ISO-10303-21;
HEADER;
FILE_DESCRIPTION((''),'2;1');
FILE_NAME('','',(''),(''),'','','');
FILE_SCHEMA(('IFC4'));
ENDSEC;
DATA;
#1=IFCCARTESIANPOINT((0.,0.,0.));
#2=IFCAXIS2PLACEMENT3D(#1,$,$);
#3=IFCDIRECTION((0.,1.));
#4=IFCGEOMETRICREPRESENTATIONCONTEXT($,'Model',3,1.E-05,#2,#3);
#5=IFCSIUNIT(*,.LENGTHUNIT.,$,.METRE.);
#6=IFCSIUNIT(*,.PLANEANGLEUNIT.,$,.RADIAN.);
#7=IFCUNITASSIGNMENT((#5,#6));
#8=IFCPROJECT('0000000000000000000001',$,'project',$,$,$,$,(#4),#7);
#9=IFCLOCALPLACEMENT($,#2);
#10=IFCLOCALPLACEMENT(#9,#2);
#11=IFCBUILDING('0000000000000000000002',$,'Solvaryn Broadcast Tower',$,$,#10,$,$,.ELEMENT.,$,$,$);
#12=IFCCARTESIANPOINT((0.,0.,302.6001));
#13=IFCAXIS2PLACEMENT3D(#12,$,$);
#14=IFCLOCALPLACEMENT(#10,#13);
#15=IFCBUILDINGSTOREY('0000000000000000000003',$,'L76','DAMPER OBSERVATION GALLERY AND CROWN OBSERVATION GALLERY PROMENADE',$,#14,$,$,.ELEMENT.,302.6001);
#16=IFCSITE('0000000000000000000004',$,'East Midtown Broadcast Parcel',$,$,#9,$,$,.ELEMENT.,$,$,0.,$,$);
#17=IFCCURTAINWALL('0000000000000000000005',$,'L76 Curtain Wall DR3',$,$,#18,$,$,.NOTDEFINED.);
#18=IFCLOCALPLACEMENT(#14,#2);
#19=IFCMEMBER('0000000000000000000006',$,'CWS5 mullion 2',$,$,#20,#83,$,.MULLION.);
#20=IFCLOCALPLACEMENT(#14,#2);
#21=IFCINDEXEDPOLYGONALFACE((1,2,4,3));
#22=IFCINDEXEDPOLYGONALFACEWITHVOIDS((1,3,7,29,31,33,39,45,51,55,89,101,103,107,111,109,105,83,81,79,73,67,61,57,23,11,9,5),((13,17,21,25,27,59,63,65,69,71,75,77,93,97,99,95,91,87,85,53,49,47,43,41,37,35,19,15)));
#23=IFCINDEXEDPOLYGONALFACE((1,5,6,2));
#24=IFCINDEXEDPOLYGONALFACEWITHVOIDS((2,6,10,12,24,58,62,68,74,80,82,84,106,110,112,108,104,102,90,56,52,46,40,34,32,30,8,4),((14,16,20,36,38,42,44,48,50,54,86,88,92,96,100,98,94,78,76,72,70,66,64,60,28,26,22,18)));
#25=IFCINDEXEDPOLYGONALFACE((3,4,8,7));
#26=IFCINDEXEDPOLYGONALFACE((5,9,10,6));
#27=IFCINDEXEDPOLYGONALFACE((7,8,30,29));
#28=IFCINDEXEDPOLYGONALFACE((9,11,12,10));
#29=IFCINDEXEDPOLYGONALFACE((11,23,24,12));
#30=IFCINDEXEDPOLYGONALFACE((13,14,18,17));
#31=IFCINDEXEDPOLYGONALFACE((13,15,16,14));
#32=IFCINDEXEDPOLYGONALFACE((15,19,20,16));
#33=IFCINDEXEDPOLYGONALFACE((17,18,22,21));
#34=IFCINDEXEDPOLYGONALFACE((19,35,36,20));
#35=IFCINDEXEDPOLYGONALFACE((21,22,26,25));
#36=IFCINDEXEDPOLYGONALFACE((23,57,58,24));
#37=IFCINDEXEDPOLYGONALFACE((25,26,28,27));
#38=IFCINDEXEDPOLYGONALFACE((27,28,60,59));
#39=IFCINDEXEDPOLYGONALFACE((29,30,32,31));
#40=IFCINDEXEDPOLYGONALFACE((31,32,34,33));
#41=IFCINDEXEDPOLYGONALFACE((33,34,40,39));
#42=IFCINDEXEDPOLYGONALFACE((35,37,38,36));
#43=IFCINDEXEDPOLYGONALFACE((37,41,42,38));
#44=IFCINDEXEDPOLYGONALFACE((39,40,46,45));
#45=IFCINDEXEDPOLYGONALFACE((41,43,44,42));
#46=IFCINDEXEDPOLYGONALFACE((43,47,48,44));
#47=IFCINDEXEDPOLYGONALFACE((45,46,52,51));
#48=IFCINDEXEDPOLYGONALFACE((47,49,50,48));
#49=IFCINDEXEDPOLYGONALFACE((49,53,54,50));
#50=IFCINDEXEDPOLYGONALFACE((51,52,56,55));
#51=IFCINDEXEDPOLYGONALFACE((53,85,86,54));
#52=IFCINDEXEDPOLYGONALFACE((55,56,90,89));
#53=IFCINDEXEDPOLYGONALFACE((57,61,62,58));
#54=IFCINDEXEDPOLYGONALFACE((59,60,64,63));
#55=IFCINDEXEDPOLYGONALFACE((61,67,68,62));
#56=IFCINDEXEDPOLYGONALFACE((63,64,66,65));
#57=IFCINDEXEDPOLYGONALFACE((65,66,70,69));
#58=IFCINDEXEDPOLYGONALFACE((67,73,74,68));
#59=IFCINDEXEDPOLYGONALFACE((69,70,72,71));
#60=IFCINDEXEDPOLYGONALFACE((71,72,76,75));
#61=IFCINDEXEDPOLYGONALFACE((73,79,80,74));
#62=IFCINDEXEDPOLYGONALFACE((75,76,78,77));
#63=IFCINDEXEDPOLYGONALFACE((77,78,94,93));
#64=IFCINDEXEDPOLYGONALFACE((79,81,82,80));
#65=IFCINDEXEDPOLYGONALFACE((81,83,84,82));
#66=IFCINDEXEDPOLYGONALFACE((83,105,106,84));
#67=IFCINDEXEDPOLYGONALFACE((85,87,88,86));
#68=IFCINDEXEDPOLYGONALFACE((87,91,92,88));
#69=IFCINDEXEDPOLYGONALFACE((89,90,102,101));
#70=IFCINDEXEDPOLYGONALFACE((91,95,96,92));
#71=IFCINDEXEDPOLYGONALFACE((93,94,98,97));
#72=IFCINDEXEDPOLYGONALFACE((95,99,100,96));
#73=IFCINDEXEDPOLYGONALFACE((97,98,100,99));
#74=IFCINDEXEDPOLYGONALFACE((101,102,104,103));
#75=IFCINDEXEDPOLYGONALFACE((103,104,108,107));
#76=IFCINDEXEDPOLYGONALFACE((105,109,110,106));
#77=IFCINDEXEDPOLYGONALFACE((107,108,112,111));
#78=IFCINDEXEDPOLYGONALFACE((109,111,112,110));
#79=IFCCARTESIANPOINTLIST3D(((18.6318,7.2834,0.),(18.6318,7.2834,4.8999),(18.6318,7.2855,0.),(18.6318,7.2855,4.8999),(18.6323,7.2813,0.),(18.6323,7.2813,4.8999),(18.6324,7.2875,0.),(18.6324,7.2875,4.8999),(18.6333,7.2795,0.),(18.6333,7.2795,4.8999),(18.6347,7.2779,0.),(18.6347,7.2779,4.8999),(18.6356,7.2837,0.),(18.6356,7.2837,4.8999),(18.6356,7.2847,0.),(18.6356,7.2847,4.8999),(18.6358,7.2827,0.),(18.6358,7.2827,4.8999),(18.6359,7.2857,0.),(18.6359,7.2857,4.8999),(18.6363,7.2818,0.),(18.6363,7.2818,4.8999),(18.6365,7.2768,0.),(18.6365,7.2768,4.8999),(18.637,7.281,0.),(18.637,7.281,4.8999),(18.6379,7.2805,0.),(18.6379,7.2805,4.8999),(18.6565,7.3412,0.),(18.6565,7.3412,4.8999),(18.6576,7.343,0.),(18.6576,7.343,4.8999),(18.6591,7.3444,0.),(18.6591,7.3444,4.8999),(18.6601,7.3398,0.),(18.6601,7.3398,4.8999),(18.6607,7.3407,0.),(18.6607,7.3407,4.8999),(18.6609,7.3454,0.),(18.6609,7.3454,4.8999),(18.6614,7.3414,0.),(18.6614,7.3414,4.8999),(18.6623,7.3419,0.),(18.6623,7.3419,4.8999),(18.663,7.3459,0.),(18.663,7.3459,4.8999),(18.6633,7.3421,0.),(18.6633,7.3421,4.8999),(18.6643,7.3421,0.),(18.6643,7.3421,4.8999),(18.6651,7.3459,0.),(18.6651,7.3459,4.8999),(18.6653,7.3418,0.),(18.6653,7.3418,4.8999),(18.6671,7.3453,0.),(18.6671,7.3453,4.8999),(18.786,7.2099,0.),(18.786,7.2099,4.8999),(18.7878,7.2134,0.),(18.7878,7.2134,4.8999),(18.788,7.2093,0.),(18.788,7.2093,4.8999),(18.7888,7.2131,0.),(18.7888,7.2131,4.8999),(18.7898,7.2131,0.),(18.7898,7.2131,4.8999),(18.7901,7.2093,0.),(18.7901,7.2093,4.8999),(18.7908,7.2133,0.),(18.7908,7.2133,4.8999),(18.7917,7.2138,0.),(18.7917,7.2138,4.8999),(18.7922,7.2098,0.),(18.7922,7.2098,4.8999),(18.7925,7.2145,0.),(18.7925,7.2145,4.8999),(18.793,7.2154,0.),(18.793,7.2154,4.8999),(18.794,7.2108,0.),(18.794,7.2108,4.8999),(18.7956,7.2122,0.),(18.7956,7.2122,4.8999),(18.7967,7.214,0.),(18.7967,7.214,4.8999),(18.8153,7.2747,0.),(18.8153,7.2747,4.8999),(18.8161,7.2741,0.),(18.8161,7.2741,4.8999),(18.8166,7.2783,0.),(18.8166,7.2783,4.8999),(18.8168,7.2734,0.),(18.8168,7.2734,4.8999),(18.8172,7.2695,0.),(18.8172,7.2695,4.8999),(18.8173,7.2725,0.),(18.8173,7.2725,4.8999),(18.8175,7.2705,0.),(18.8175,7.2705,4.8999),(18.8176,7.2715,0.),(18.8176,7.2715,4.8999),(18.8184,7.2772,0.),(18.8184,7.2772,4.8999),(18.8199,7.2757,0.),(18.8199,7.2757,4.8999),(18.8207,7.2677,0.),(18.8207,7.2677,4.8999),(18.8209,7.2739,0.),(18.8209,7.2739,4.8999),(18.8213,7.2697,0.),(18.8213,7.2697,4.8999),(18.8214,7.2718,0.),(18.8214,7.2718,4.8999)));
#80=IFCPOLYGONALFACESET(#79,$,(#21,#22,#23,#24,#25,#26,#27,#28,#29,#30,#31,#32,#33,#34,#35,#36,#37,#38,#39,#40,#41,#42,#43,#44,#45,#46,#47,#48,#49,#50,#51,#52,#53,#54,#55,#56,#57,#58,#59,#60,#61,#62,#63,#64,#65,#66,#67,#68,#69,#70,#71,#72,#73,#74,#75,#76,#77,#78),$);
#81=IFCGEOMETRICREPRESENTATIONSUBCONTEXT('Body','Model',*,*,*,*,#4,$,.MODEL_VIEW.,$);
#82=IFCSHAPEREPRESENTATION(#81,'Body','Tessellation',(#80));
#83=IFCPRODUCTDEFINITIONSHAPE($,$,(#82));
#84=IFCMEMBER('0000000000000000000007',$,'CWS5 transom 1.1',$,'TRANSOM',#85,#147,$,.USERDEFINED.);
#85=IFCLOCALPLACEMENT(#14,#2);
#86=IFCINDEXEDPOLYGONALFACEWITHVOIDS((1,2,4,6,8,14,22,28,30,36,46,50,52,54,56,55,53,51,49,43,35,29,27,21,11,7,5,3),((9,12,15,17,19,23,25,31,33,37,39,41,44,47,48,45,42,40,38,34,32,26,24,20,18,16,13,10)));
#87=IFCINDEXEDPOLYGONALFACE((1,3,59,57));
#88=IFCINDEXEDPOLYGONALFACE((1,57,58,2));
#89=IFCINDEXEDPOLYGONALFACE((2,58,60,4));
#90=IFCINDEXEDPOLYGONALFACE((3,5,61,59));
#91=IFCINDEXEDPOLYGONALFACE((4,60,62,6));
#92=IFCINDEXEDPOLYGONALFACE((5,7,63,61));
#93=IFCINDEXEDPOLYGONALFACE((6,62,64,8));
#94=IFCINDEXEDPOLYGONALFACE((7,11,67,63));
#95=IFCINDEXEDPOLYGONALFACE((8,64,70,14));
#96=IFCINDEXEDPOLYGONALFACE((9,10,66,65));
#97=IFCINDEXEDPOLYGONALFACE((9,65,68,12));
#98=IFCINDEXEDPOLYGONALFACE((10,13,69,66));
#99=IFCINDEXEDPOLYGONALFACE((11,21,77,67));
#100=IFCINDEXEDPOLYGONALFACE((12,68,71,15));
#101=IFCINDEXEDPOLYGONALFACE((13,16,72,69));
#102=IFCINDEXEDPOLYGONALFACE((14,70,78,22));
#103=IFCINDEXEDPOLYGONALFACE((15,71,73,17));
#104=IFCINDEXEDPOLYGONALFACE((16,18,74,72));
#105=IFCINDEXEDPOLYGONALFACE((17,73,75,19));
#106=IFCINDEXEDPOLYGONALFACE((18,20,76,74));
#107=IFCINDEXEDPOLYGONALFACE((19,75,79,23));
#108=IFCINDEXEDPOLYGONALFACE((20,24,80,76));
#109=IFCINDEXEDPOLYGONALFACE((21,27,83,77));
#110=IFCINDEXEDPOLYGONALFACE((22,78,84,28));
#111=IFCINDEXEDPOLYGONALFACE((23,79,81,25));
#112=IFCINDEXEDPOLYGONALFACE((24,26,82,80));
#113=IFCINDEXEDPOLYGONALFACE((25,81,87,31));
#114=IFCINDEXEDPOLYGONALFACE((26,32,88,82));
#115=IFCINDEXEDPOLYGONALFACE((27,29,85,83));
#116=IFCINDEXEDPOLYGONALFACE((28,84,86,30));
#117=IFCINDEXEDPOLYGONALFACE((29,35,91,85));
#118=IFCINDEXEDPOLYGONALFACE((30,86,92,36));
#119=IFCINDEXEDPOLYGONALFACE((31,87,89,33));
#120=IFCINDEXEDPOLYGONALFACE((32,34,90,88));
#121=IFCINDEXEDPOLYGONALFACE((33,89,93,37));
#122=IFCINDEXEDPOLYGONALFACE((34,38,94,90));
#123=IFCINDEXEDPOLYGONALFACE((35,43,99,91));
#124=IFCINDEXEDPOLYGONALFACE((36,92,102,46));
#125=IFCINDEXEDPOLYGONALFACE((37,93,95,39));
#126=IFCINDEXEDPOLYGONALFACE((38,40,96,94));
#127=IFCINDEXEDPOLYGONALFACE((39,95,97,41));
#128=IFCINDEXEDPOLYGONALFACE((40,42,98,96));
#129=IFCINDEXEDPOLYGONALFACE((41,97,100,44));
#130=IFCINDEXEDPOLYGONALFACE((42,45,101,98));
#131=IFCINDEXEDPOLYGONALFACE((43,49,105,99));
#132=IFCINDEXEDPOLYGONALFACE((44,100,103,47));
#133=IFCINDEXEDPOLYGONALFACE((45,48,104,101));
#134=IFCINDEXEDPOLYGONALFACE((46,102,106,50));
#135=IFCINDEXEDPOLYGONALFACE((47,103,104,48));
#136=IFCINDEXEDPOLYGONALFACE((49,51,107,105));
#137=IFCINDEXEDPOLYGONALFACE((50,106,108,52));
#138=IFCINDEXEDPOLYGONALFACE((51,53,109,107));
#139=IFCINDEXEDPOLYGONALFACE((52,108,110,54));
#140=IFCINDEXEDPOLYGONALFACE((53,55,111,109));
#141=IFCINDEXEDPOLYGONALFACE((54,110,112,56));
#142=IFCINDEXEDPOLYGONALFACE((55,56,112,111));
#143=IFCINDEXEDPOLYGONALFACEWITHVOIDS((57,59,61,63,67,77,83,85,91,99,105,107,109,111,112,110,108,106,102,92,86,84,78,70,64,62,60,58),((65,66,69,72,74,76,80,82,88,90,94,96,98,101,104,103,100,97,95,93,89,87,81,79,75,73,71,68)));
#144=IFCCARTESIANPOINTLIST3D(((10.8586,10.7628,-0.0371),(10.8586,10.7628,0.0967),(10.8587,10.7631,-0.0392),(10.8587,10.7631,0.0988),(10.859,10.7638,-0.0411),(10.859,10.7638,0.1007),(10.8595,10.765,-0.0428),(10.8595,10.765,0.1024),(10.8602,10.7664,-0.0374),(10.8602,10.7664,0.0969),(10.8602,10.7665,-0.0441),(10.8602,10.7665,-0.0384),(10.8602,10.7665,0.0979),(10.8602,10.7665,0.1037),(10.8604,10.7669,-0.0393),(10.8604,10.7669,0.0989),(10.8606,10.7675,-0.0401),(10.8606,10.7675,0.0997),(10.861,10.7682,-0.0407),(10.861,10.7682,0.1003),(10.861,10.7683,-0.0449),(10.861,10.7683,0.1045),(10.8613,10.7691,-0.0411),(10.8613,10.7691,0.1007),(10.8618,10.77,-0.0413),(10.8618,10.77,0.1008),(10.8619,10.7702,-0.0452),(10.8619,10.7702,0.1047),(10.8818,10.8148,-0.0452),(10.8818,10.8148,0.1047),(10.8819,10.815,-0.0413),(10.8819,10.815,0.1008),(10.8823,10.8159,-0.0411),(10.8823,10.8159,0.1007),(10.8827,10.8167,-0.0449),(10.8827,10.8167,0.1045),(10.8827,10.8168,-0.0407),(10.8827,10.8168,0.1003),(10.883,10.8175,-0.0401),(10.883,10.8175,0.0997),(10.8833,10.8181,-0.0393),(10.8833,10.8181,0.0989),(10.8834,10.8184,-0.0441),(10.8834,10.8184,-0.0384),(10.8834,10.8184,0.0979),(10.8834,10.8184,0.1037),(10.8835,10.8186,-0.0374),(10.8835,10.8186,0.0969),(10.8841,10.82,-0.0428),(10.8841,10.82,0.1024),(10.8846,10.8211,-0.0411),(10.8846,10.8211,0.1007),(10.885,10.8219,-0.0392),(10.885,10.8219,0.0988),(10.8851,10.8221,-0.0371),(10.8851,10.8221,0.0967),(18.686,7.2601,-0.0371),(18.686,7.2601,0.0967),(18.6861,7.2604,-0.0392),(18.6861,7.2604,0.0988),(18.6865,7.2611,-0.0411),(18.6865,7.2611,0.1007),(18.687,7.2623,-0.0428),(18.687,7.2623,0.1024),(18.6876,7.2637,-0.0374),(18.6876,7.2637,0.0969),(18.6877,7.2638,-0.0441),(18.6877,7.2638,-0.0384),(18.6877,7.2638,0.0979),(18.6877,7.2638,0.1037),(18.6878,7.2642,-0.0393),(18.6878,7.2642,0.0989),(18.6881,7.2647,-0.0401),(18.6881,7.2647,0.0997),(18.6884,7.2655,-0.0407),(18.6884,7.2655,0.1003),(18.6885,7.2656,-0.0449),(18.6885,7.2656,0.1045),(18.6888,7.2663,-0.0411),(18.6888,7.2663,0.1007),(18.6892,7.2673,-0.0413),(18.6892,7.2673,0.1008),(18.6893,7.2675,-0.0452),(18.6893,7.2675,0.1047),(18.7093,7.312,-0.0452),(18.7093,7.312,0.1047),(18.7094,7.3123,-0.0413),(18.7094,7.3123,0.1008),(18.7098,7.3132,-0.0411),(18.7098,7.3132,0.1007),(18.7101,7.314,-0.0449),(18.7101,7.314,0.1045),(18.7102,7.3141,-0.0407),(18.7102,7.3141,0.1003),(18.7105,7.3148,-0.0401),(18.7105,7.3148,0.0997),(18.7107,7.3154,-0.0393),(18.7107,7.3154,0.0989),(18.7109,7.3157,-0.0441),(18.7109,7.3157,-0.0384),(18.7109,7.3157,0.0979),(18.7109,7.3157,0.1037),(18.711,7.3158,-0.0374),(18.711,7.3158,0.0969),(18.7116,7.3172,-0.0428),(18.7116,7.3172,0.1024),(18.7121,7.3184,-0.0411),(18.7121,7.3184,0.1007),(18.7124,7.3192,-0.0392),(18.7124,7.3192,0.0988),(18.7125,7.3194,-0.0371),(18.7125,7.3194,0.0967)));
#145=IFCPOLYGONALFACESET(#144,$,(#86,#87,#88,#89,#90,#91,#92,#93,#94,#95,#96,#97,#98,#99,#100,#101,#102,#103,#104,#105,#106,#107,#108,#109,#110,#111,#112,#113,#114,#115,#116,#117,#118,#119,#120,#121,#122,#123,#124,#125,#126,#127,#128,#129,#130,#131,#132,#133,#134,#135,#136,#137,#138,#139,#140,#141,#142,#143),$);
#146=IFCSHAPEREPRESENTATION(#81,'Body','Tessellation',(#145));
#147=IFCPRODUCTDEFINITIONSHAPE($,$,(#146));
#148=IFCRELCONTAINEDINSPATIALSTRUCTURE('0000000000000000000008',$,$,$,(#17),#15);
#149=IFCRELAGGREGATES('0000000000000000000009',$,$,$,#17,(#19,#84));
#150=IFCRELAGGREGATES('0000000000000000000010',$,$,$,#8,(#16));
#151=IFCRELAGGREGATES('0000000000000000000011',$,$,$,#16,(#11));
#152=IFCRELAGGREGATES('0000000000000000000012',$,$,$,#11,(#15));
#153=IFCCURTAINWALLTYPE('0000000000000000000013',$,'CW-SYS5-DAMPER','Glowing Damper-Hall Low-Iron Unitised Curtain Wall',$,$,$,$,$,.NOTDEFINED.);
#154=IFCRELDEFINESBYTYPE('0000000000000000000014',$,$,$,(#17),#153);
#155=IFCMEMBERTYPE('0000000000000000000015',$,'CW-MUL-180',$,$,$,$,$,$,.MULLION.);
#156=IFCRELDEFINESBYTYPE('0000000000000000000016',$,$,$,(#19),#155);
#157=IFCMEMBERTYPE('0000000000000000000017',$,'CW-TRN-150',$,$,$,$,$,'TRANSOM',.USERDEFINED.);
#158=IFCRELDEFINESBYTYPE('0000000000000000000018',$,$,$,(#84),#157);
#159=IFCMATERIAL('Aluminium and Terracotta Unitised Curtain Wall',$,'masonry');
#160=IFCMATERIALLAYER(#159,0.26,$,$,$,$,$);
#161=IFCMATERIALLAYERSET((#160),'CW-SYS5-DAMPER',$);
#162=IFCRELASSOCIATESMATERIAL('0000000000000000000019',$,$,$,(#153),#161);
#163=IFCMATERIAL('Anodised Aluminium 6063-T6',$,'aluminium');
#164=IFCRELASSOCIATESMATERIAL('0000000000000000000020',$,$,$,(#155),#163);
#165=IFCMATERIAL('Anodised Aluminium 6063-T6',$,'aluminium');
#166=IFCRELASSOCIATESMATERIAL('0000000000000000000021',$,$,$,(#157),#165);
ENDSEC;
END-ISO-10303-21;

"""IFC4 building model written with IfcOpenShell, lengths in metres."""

from ifc_helpers import new_model, si_unit, direction, frame, origin, origin_2d, place, context, subcontext, project, spatial, hollow_rectangle, extrude, material, layer, layer_set, material_profile, profile_set, type_object, element, aggregate, save


model = new_model("IFC4")

# Units and contexts
model_context = context("Model", 3, precision=1e-05, world=origin(), true_north=direction((0.0, 1.0)))
body_context = subcontext(model_context, "Body", "Model", "MODEL_VIEW")
ifc_project = project(units=[si_unit("LENGTHUNIT", "METRE"), si_unit("PLANEANGLEUNIT", "RADIAN")], contexts=[model_context])

# Site, building, storey
site_placement = place(None, origin())
site = spatial("IfcSite", under=ifc_project, at=site_placement, Name="East Midtown Broadcast Parcel", CompositionType="ELEMENT", RefElevation=0.0)
building_placement = place(site_placement, origin())
building = spatial("IfcBuilding", under=site, at=building_placement, Name="Solvaryn Broadcast Tower", CompositionType="ELEMENT")
storey_placement = place(building_placement, frame((0.0, 0.0, 302.6001)))
storey = spatial("IfcBuildingStorey", under=building, at=storey_placement, Name="L76", Description="DAMPER OBSERVATION GALLERY AND CROWN OBSERVATION GALLERY PROMENADE", CompositionType="ELEMENT", Elevation=302.6001)

# Shared definitions
ifc_material_1 = material(Name="Aluminium and Terracotta Unitised Curtain Wall", Category="masonry")
ifc_layer_1 = layer(ifc_material_1, 0.26)
ifc_layer_set_1 = layer_set([ifc_layer_1], Name="CW-SYS5-DAMPER")
curtain_wall_type = type_object("IfcCurtainWallType", Name="CW-SYS5-DAMPER", Description="Glowing Damper-Hall Low-Iron Unitised Curtain Wall", PredefinedType="NOTDEFINED", material=ifc_layer_set_1)
ifc_material_2 = material(Name="Anodised Aluminium 6063-T6", Category="aluminium")
ifc_material_profile_1 = material_profile(ifc_material_2, hollow_rectangle(XDim=0.075, YDim=0.1799, WallThickness=0.0039, InnerFilletRadius=0.0039, OuterFilletRadius=0.0081, at=origin_2d()))
ifc_profile_set_1 = profile_set([ifc_material_profile_1], Name="Anodised Aluminium 6063-T6")
member_type_1 = type_object("IfcMemberType", Name="CW-MUL-180", PredefinedType="MULLION", material=ifc_profile_set_1)

# Curtain wall, members
curtain_wall_1_placement = place(storey_placement, origin())
curtain_wall_1 = element("IfcCurtainWall", 1, at=curtain_wall_1_placement, inside=storey, type_object=curtain_wall_type, Name="L76 Curtain Wall DR3", PredefinedType="NOTDEFINED")
member_1_placement = place(storey_placement, frame((18.7266, 7.2776, 0.0), z_axis=(0.0, 0.0, 1.0), x_axis=(0.408466, 0.912774, 0.0)))
member_1 = element("IfcMember", 2, at=member_1_placement, type_object=member_type_1, Name="CWS5 mullion 2", PredefinedType="MULLION", context=body_context, shape_type="SweptSolid", body=[
    extrude(hollow_rectangle(XDim=0.075, YDim=0.1799, WallThickness=0.0039, InnerFilletRadius=0.0039, OuterFilletRadius=0.0081, at=origin_2d()), origin(), (0.0, 0.0, 1.0), 4.8999),
])
ifc_material_3 = material(Name="Anodised Aluminium 6063-T6", Category="aluminium")
ifc_material_profile_2 = material_profile(ifc_material_3, hollow_rectangle(XDim=0.0649, YDim=0.1499, WallThickness=0.0039, InnerFilletRadius=0.0039, OuterFilletRadius=0.0081, at=origin_2d()))
ifc_profile_set_2 = profile_set([ifc_material_profile_2], Name="Anodised Aluminium 6063-T6")
member_type_2 = type_object("IfcMemberType", Name="CW-TRN-150", ElementType="TRANSOM", PredefinedType="USERDEFINED", material=ifc_profile_set_2)
member_2_placement = place(storey_placement, frame((10.8718, 10.7925, 0.0298), z_axis=(0.912777, -0.408459, 0.0), x_axis=(0.408459, 0.912777, 0.0)))
member_2 = element("IfcMember", 3, at=member_2_placement, type_object=member_type_2, Name="CWS5 transom 1.1", ObjectType="TRANSOM", PredefinedType="USERDEFINED", context=body_context, shape_type="SweptSolid", body=[
    extrude(hollow_rectangle(XDim=0.0649, YDim=0.1499, WallThickness=0.0039, InnerFilletRadius=0.0039, OuterFilletRadius=0.0081, at=origin_2d()), origin(), (0.0, 0.0, 1.0), 8.5754),
])

aggregate(curtain_wall_1, [member_1, member_2])

save(model, "model.ifc")
